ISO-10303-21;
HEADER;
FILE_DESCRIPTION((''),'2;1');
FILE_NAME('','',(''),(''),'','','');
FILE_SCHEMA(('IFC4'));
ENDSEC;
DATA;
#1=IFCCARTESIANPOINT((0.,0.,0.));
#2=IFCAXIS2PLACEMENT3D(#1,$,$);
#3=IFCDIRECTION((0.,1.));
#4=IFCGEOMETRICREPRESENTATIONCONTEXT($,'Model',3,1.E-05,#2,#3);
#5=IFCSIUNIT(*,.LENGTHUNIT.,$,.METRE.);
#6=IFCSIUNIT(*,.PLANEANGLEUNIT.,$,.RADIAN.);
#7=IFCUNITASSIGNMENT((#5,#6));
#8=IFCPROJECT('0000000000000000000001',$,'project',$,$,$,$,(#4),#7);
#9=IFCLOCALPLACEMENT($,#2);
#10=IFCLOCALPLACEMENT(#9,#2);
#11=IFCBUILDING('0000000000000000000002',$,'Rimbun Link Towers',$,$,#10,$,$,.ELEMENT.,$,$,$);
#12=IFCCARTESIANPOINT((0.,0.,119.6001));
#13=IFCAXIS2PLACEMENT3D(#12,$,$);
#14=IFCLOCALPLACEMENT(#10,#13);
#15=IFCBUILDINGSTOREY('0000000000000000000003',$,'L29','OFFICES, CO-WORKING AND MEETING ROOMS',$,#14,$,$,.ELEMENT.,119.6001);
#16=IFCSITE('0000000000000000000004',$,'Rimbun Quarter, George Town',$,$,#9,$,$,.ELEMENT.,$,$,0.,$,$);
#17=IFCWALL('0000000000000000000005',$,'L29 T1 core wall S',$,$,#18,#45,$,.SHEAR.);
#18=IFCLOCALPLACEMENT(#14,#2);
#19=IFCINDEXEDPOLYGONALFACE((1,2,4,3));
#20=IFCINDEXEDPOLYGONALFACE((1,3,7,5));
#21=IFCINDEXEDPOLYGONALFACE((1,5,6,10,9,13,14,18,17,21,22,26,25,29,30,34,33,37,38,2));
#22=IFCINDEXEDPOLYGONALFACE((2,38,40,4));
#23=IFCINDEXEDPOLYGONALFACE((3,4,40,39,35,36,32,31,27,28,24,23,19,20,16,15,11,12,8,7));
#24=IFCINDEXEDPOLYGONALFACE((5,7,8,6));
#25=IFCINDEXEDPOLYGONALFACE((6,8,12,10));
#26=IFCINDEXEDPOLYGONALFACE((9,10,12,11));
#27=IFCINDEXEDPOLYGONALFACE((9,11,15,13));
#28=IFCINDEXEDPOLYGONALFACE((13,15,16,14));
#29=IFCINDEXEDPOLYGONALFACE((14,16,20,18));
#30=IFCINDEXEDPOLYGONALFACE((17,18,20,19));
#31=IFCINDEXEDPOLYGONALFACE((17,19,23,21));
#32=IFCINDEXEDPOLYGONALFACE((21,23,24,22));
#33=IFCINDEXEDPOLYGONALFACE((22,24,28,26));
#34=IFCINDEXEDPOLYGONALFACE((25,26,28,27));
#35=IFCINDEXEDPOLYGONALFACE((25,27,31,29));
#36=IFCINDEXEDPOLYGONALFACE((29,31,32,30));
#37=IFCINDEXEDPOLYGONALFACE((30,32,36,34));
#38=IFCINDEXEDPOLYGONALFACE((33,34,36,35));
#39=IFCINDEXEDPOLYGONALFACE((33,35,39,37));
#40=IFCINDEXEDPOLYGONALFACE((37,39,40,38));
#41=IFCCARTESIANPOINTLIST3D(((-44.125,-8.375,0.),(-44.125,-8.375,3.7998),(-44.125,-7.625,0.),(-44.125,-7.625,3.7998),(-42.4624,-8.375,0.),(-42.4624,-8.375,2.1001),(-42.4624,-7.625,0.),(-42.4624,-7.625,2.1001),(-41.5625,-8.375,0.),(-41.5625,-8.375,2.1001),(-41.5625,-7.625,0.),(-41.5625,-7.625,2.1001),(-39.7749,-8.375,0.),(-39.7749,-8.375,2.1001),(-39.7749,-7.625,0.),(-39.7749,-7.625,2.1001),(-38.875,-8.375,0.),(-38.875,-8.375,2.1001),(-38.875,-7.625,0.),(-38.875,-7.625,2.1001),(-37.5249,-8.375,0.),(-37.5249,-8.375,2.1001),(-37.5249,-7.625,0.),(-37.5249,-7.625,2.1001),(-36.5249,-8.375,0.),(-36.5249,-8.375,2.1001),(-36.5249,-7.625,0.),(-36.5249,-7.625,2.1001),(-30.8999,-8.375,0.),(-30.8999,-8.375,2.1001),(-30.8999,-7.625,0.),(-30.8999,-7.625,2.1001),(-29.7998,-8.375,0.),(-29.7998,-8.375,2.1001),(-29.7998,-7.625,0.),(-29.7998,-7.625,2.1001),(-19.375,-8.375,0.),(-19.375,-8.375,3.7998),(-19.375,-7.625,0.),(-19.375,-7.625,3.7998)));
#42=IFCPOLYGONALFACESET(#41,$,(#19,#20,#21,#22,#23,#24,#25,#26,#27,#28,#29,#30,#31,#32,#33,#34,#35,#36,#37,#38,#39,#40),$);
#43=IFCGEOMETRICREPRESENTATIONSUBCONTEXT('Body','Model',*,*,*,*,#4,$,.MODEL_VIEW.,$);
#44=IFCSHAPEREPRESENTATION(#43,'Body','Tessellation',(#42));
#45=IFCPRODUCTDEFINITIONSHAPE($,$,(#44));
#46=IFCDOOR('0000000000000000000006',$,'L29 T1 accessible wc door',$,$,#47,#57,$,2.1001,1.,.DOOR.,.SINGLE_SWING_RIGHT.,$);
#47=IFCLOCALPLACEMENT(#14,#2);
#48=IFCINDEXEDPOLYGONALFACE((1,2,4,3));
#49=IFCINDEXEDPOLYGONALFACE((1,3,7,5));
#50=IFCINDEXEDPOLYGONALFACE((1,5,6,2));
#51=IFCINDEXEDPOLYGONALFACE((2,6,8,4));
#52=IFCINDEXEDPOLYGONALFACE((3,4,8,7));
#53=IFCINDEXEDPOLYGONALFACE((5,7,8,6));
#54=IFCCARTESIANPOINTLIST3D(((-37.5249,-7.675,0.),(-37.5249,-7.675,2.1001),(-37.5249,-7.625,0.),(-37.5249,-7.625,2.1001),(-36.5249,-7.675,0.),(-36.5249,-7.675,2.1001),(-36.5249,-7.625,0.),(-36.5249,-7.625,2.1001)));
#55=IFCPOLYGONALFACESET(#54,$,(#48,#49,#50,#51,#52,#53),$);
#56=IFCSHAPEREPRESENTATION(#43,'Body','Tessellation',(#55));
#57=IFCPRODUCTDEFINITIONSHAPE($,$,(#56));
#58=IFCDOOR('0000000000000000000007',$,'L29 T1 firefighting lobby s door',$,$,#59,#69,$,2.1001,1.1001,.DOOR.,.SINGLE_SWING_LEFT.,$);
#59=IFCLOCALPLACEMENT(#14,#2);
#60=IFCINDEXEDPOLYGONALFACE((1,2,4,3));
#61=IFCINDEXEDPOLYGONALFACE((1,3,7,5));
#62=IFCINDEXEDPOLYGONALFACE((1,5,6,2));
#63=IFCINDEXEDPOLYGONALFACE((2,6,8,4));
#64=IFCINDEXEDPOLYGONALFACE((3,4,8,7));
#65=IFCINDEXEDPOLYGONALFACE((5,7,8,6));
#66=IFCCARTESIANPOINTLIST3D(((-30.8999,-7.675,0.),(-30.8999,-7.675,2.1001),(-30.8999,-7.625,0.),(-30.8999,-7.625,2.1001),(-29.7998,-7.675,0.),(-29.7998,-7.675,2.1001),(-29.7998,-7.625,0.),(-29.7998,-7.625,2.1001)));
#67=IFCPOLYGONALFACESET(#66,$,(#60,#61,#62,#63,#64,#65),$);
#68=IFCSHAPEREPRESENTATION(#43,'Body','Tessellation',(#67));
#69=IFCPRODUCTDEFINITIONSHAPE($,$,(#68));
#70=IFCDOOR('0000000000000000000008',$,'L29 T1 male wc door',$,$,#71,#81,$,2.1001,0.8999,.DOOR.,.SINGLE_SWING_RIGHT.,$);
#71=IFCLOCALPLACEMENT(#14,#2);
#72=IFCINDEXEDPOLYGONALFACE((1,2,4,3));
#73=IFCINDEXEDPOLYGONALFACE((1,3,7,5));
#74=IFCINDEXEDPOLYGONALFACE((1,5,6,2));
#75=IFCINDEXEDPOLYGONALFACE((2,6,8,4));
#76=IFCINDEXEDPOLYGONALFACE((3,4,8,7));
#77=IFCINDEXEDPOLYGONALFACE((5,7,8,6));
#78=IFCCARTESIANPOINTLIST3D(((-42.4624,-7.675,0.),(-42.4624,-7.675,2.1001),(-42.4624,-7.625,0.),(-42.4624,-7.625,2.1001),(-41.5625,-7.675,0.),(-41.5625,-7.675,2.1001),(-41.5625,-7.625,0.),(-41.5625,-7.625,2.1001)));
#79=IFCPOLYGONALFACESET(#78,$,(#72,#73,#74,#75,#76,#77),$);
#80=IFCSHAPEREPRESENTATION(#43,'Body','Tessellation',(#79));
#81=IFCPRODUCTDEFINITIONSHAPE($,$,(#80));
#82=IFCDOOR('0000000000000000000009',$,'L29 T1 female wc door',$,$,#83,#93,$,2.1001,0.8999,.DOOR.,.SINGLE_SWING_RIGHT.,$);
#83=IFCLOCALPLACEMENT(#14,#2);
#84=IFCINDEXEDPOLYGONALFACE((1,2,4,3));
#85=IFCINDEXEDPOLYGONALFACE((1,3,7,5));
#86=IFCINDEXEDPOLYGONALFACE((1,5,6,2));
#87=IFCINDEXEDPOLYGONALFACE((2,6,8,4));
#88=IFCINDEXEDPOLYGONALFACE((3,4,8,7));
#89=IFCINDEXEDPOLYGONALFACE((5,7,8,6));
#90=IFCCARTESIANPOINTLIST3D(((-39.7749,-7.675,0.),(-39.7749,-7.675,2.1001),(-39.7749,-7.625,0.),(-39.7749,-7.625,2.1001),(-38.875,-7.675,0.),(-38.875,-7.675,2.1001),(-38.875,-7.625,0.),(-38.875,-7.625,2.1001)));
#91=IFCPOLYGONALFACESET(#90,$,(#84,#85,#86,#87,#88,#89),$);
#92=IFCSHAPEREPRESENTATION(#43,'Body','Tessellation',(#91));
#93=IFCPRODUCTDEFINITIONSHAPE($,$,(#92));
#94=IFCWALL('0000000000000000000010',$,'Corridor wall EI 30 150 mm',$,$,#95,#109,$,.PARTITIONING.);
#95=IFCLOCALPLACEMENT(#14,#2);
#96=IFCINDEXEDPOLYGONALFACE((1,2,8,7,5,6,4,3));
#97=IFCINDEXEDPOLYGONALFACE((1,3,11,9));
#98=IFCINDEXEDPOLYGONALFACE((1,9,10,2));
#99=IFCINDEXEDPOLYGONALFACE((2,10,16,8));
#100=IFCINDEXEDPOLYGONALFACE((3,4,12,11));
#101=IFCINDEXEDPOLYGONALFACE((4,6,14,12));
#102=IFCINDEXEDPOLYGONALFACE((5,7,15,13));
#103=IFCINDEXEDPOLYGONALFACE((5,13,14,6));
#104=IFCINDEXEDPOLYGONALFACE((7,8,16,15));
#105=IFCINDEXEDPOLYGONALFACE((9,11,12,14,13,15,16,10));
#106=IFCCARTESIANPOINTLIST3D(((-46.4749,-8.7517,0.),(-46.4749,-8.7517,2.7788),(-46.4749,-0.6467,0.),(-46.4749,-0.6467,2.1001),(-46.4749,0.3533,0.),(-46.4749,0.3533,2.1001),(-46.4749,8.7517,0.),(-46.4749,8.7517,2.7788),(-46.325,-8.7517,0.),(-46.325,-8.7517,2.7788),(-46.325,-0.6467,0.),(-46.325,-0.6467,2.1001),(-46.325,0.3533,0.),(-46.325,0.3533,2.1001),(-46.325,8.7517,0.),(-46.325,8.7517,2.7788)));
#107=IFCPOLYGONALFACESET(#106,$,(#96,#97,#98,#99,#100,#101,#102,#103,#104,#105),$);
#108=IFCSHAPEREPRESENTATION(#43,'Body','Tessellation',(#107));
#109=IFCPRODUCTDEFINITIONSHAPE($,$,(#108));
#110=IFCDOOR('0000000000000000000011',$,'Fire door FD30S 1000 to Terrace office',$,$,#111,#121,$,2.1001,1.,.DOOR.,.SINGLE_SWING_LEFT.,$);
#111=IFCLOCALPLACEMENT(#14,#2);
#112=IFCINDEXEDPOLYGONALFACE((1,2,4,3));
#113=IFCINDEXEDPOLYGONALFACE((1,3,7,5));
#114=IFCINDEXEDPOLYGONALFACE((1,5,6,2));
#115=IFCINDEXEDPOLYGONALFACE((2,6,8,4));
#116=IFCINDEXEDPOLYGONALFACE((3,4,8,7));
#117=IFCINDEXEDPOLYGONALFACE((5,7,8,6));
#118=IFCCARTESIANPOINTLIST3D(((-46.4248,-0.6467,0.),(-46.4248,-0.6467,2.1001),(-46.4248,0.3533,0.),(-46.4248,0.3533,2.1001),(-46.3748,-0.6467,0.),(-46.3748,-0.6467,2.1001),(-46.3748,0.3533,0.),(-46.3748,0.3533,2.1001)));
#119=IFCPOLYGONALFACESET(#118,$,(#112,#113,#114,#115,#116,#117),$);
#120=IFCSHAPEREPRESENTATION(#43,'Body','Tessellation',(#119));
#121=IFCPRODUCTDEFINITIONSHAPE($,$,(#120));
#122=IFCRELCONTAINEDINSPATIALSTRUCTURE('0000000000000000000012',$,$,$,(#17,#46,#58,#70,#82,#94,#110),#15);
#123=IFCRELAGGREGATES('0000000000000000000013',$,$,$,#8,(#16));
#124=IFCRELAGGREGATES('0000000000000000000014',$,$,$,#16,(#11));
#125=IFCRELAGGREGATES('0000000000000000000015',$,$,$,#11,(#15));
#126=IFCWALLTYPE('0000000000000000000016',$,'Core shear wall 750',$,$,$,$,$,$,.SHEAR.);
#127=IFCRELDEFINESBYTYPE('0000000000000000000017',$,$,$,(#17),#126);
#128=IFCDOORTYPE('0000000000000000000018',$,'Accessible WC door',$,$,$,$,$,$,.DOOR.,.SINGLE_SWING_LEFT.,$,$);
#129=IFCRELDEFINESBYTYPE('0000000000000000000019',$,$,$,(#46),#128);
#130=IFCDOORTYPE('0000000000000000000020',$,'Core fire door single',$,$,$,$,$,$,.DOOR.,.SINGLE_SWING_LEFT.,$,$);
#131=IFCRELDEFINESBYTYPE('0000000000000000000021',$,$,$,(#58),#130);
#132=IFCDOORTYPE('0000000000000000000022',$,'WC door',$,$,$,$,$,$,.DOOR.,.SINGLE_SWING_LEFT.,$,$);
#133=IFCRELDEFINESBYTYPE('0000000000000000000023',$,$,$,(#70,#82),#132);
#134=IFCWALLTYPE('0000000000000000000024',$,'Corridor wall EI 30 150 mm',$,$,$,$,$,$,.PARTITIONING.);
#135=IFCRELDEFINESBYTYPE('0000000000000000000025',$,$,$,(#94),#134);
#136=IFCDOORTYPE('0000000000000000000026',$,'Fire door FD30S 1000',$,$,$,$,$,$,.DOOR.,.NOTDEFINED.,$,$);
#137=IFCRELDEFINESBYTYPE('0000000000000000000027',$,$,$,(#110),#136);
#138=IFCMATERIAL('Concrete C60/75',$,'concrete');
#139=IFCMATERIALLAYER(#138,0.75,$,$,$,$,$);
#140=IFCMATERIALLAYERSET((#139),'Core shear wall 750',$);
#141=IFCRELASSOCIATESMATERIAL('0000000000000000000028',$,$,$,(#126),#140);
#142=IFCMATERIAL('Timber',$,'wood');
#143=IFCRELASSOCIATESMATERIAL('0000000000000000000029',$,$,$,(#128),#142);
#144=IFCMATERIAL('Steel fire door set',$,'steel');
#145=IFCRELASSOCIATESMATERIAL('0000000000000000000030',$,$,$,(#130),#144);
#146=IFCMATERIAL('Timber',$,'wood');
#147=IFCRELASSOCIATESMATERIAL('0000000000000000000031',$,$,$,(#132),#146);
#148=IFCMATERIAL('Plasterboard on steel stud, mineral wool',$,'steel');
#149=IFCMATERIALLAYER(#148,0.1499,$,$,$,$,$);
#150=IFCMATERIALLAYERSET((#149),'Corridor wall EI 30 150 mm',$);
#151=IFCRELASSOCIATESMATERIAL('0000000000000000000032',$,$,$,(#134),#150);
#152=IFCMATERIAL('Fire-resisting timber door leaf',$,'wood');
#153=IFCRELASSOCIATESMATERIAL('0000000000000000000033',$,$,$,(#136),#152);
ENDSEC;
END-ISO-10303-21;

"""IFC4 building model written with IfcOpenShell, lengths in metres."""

from ifc_helpers import new_model, si_unit, direction, frame, frame_2d, origin, place, context, subcontext, project, spatial, rectangle, extrude, material, layer, layer_set, type_object, element, fill, save


model = new_model("IFC4")

# Units and contexts
model_context = context("Model", 3, precision=1e-05, world=origin(), true_north=direction((0.0, 1.0)))
body_context = subcontext(model_context, "Body", "Model", "MODEL_VIEW")
ifc_project = project(units=[si_unit("LENGTHUNIT", "METRE"), si_unit("PLANEANGLEUNIT", "RADIAN")], contexts=[model_context])

# Site, building, storey
site_placement = place(None, origin())
site = spatial("IfcSite", under=ifc_project, at=site_placement, Name="Rimbun Quarter, George Town", CompositionType="ELEMENT", RefElevation=0.0)
building_placement = place(site_placement, origin())
building = spatial("IfcBuilding", under=site, at=building_placement, Name="Rimbun Link Towers", CompositionType="ELEMENT")
storey_placement = place(building_placement, frame((0.0, 0.0, 119.6001)))
storey = spatial("IfcBuildingStorey", under=building, at=storey_placement, Name="L29", Description="OFFICES, CO-WORKING AND MEETING ROOMS", CompositionType="ELEMENT", Elevation=119.6001)

# Wall, openings, doors
ifc_material_1 = material(Name="Concrete C60/75", Category="concrete")
ifc_layer_1 = layer(ifc_material_1, 0.75)
ifc_layer_set_1 = layer_set([ifc_layer_1], Name="Core shear wall 750")
wall_type_1 = type_object("IfcWallType", Name="Core shear wall 750", PredefinedType="SHEAR", material=ifc_layer_set_1)
wall_1_placement = place(storey_placement, frame((-44.125, -8.0, 0.0), z_axis=(0.0, 0.0, 1.0), x_axis=(1.0, 0.0, 0.0)))
wall_1 = element("IfcWall", 1, at=wall_1_placement, inside=storey, type_object=wall_type_1, Name="L29 T1 core wall S", PredefinedType="SHEAR", context=body_context, shape_type="SweptSolid", body=[
    extrude(rectangle(XDim=24.75, YDim=0.75, at=frame_2d((12.375, 0.0))), origin(), (0.0, 0.0, 1.0), 3.7998),
])
opening_1_placement = place(wall_1_placement, frame((13.2251, 0.0, 0.0)))
opening_1 = element("IfcOpeningElement", 2, at=opening_1_placement, cuts=wall_1, PredefinedType="OPENING", context=body_context, shape_type="SweptSolid", body=[
    extrude(rectangle(XDim=1.1001, YDim=2.1001, at=frame_2d((0.55, 1.05))), frame((0.0, 0.385, 0.0), z_axis=(0.0, -1.0, 0.0), x_axis=(1.0, 0.0, 0.0)), (0.0, 0.0, 1.0), 0.77),
])
opening_2_placement = place(wall_1_placement, frame((1.6626, 0.0, 0.0)))
opening_2 = element("IfcOpeningElement", 3, at=opening_2_placement, cuts=wall_1, PredefinedType="OPENING", context=body_context, shape_type="SweptSolid", body=[
    extrude(rectangle(XDim=0.8999, YDim=2.1001, at=frame_2d((0.45, 1.05))), frame((0.0, 0.385, 0.0), z_axis=(0.0, -1.0, 0.0), x_axis=(1.0, 0.0, 0.0)), (0.0, 0.0, 1.0), 0.77),
])
opening_3_placement = place(wall_1_placement, frame((4.3501, 0.0, 0.0)))
opening_3 = element("IfcOpeningElement", 4, at=opening_3_placement, cuts=wall_1, PredefinedType="OPENING", context=body_context, shape_type="SweptSolid", body=[
    extrude(rectangle(XDim=0.8999, YDim=2.1001, at=frame_2d((0.45, 1.05))), frame((0.0, 0.385, 0.0), z_axis=(0.0, -1.0, 0.0), x_axis=(1.0, 0.0, 0.0)), (0.0, 0.0, 1.0), 0.77),
])
opening_4_placement = place(wall_1_placement, frame((6.6001, 0.0, 0.0)))
opening_4 = element("IfcOpeningElement", 5, at=opening_4_placement, cuts=wall_1, PredefinedType="OPENING", context=body_context, shape_type="SweptSolid", body=[
    extrude(rectangle(XDim=1.0, YDim=2.1001, at=frame_2d((0.5, 1.05))), frame((0.0, 0.385, 0.0), z_axis=(0.0, -1.0, 0.0), x_axis=(1.0, 0.0, 0.0)), (0.0, 0.0, 1.0), 0.77),
])
ifc_material_2 = material(Name="Timber", Category="wood")
door_type_1 = type_object("IfcDoorType", Name="Accessible WC door", OperationType="SINGLE_SWING_LEFT", PredefinedType="DOOR", material=ifc_material_2)
door_1_placement = place(opening_4_placement, origin())
door_1 = element("IfcDoor", 6, at=door_1_placement, inside=storey, type_object=door_type_1, Name="L29 T1 accessible wc door", OperationType="SINGLE_SWING_RIGHT", OverallHeight=2.1001, OverallWidth=1.0, PredefinedType="DOOR", context=body_context, shape_type="SweptSolid", body=[
    extrude(rectangle(XDim=1.0, YDim=2.1001, at=frame_2d((0.5, 1.05))), frame((0.0, 0.375, 0.0), z_axis=(0.0, -1.0, 0.0), x_axis=(1.0, 0.0, 0.0)), (0.0, 0.0, 1.0), 0.05),
])
fill(opening_4, door_1)
ifc_material_3 = material(Name="Steel fire door set", Category="steel")
door_type_2 = type_object("IfcDoorType", Name="Core fire door single", OperationType="SINGLE_SWING_LEFT", PredefinedType="DOOR", material=ifc_material_3)
door_2_placement = place(opening_1_placement, origin())
door_2 = element("IfcDoor", 7, at=door_2_placement, inside=storey, type_object=door_type_2, Name="L29 T1 firefighting lobby s door", OperationType="SINGLE_SWING_LEFT", OverallHeight=2.1001, OverallWidth=1.1001, PredefinedType="DOOR", context=body_context, shape_type="SweptSolid", body=[
    extrude(rectangle(XDim=1.1001, YDim=2.1001, at=frame_2d((0.55, 1.05))), frame((0.0, 0.375, 0.0), z_axis=(0.0, -1.0, 0.0), x_axis=(1.0, 0.0, 0.0)), (0.0, 0.0, 1.0), 0.05),
])
fill(opening_1, door_2)
ifc_material_4 = material(Name="Timber", Category="wood")
door_type_3 = type_object("IfcDoorType", Name="WC door", OperationType="SINGLE_SWING_LEFT", PredefinedType="DOOR", material=ifc_material_4)
door_3_placement = place(opening_2_placement, origin())
door_3 = element("IfcDoor", 8, at=door_3_placement, inside=storey, type_object=door_type_3, Name="L29 T1 male wc door", OperationType="SINGLE_SWING_RIGHT", OverallHeight=2.1001, OverallWidth=0.8999, PredefinedType="DOOR", context=body_context, shape_type="SweptSolid", body=[
    extrude(rectangle(XDim=0.8999, YDim=2.1001, at=frame_2d((0.45, 1.05))), frame((0.0, 0.375, 0.0), z_axis=(0.0, -1.0, 0.0), x_axis=(1.0, 0.0, 0.0)), (0.0, 0.0, 1.0), 0.05),
])
fill(opening_2, door_3)
door_4_placement = place(opening_3_placement, origin())
door_4 = element("IfcDoor", 9, at=door_4_placement, inside=storey, type_object=door_type_3, Name="L29 T1 female wc door", OperationType="SINGLE_SWING_RIGHT", OverallHeight=2.1001, OverallWidth=0.8999, PredefinedType="DOOR", context=body_context, shape_type="SweptSolid", body=[
    extrude(rectangle(XDim=0.8999, YDim=2.1001, at=frame_2d((0.45, 1.05))), frame((0.0, 0.375, 0.0), z_axis=(0.0, -1.0, 0.0), x_axis=(1.0, 0.0, 0.0)), (0.0, 0.0, 1.0), 0.05),
])
fill(opening_3, door_4)

# Wall, opening, door
ifc_material_5 = material(Name="Plasterboard on steel stud, mineral wool", Category="steel")
ifc_layer_2 = layer(ifc_material_5, 0.1499)
ifc_layer_set_2 = layer_set([ifc_layer_2], Name="Corridor wall EI 30 150 mm")
wall_type_2 = type_object("IfcWallType", Name="Corridor wall EI 30 150 mm", PredefinedType="PARTITIONING", material=ifc_layer_set_2)
wall_2_placement = place(storey_placement, frame((-46.3999, -8.7517, 0.0), z_axis=(0.0, 0.0, 1.0), x_axis=(0.0, 1.0, 0.0)))
wall_2 = element("IfcWall", 10, at=wall_2_placement, inside=storey, type_object=wall_type_2, Name="Corridor wall EI 30 150 mm", PredefinedType="PARTITIONING", context=body_context, shape_type="SweptSolid", body=[
    extrude(rectangle(XDim=17.5034, YDim=0.1499, at=frame_2d((8.7517, 0.0))), origin(), (0.0, 0.0, 1.0), 2.7788),
])
opening_5_placement = place(wall_2_placement, frame((8.105, 0.0, 0.0)))
opening_5 = element("IfcOpeningElement", 11, at=opening_5_placement, cuts=wall_2, PredefinedType="OPENING", context=body_context, shape_type="SweptSolid", body=[
    extrude(rectangle(XDim=1.0, YDim=2.1001, at=frame_2d((0.5, 1.05))), frame((0.0, 0.085, 0.0), z_axis=(0.0, -1.0, 0.0), x_axis=(1.0, 0.0, 0.0)), (0.0, 0.0, 1.0), 0.1699),
])
ifc_material_6 = material(Name="Fire-resisting timber door leaf", Category="wood")
door_type_4 = type_object("IfcDoorType", Name="Fire door FD30S 1000", OperationType="NOTDEFINED", PredefinedType="DOOR", material=ifc_material_6)
door_5_placement = place(opening_5_placement, origin())
door_5 = element("IfcDoor", 12, at=door_5_placement, inside=storey, type_object=door_type_4, Name="Fire door FD30S 1000 to Terrace office", OperationType="SINGLE_SWING_LEFT", OverallHeight=2.1001, OverallWidth=1.0, PredefinedType="DOOR", context=body_context, shape_type="SweptSolid", body=[
    extrude(rectangle(XDim=1.0, YDim=2.1001, at=frame_2d((0.5, 1.05))), frame((0.0, 0.0249, 0.0), z_axis=(0.0, -1.0, 0.0), x_axis=(1.0, 0.0, 0.0)), (0.0, 0.0, 1.0), 0.05),
])
fill(opening_5, door_5)

save(model, "model.ifc")
